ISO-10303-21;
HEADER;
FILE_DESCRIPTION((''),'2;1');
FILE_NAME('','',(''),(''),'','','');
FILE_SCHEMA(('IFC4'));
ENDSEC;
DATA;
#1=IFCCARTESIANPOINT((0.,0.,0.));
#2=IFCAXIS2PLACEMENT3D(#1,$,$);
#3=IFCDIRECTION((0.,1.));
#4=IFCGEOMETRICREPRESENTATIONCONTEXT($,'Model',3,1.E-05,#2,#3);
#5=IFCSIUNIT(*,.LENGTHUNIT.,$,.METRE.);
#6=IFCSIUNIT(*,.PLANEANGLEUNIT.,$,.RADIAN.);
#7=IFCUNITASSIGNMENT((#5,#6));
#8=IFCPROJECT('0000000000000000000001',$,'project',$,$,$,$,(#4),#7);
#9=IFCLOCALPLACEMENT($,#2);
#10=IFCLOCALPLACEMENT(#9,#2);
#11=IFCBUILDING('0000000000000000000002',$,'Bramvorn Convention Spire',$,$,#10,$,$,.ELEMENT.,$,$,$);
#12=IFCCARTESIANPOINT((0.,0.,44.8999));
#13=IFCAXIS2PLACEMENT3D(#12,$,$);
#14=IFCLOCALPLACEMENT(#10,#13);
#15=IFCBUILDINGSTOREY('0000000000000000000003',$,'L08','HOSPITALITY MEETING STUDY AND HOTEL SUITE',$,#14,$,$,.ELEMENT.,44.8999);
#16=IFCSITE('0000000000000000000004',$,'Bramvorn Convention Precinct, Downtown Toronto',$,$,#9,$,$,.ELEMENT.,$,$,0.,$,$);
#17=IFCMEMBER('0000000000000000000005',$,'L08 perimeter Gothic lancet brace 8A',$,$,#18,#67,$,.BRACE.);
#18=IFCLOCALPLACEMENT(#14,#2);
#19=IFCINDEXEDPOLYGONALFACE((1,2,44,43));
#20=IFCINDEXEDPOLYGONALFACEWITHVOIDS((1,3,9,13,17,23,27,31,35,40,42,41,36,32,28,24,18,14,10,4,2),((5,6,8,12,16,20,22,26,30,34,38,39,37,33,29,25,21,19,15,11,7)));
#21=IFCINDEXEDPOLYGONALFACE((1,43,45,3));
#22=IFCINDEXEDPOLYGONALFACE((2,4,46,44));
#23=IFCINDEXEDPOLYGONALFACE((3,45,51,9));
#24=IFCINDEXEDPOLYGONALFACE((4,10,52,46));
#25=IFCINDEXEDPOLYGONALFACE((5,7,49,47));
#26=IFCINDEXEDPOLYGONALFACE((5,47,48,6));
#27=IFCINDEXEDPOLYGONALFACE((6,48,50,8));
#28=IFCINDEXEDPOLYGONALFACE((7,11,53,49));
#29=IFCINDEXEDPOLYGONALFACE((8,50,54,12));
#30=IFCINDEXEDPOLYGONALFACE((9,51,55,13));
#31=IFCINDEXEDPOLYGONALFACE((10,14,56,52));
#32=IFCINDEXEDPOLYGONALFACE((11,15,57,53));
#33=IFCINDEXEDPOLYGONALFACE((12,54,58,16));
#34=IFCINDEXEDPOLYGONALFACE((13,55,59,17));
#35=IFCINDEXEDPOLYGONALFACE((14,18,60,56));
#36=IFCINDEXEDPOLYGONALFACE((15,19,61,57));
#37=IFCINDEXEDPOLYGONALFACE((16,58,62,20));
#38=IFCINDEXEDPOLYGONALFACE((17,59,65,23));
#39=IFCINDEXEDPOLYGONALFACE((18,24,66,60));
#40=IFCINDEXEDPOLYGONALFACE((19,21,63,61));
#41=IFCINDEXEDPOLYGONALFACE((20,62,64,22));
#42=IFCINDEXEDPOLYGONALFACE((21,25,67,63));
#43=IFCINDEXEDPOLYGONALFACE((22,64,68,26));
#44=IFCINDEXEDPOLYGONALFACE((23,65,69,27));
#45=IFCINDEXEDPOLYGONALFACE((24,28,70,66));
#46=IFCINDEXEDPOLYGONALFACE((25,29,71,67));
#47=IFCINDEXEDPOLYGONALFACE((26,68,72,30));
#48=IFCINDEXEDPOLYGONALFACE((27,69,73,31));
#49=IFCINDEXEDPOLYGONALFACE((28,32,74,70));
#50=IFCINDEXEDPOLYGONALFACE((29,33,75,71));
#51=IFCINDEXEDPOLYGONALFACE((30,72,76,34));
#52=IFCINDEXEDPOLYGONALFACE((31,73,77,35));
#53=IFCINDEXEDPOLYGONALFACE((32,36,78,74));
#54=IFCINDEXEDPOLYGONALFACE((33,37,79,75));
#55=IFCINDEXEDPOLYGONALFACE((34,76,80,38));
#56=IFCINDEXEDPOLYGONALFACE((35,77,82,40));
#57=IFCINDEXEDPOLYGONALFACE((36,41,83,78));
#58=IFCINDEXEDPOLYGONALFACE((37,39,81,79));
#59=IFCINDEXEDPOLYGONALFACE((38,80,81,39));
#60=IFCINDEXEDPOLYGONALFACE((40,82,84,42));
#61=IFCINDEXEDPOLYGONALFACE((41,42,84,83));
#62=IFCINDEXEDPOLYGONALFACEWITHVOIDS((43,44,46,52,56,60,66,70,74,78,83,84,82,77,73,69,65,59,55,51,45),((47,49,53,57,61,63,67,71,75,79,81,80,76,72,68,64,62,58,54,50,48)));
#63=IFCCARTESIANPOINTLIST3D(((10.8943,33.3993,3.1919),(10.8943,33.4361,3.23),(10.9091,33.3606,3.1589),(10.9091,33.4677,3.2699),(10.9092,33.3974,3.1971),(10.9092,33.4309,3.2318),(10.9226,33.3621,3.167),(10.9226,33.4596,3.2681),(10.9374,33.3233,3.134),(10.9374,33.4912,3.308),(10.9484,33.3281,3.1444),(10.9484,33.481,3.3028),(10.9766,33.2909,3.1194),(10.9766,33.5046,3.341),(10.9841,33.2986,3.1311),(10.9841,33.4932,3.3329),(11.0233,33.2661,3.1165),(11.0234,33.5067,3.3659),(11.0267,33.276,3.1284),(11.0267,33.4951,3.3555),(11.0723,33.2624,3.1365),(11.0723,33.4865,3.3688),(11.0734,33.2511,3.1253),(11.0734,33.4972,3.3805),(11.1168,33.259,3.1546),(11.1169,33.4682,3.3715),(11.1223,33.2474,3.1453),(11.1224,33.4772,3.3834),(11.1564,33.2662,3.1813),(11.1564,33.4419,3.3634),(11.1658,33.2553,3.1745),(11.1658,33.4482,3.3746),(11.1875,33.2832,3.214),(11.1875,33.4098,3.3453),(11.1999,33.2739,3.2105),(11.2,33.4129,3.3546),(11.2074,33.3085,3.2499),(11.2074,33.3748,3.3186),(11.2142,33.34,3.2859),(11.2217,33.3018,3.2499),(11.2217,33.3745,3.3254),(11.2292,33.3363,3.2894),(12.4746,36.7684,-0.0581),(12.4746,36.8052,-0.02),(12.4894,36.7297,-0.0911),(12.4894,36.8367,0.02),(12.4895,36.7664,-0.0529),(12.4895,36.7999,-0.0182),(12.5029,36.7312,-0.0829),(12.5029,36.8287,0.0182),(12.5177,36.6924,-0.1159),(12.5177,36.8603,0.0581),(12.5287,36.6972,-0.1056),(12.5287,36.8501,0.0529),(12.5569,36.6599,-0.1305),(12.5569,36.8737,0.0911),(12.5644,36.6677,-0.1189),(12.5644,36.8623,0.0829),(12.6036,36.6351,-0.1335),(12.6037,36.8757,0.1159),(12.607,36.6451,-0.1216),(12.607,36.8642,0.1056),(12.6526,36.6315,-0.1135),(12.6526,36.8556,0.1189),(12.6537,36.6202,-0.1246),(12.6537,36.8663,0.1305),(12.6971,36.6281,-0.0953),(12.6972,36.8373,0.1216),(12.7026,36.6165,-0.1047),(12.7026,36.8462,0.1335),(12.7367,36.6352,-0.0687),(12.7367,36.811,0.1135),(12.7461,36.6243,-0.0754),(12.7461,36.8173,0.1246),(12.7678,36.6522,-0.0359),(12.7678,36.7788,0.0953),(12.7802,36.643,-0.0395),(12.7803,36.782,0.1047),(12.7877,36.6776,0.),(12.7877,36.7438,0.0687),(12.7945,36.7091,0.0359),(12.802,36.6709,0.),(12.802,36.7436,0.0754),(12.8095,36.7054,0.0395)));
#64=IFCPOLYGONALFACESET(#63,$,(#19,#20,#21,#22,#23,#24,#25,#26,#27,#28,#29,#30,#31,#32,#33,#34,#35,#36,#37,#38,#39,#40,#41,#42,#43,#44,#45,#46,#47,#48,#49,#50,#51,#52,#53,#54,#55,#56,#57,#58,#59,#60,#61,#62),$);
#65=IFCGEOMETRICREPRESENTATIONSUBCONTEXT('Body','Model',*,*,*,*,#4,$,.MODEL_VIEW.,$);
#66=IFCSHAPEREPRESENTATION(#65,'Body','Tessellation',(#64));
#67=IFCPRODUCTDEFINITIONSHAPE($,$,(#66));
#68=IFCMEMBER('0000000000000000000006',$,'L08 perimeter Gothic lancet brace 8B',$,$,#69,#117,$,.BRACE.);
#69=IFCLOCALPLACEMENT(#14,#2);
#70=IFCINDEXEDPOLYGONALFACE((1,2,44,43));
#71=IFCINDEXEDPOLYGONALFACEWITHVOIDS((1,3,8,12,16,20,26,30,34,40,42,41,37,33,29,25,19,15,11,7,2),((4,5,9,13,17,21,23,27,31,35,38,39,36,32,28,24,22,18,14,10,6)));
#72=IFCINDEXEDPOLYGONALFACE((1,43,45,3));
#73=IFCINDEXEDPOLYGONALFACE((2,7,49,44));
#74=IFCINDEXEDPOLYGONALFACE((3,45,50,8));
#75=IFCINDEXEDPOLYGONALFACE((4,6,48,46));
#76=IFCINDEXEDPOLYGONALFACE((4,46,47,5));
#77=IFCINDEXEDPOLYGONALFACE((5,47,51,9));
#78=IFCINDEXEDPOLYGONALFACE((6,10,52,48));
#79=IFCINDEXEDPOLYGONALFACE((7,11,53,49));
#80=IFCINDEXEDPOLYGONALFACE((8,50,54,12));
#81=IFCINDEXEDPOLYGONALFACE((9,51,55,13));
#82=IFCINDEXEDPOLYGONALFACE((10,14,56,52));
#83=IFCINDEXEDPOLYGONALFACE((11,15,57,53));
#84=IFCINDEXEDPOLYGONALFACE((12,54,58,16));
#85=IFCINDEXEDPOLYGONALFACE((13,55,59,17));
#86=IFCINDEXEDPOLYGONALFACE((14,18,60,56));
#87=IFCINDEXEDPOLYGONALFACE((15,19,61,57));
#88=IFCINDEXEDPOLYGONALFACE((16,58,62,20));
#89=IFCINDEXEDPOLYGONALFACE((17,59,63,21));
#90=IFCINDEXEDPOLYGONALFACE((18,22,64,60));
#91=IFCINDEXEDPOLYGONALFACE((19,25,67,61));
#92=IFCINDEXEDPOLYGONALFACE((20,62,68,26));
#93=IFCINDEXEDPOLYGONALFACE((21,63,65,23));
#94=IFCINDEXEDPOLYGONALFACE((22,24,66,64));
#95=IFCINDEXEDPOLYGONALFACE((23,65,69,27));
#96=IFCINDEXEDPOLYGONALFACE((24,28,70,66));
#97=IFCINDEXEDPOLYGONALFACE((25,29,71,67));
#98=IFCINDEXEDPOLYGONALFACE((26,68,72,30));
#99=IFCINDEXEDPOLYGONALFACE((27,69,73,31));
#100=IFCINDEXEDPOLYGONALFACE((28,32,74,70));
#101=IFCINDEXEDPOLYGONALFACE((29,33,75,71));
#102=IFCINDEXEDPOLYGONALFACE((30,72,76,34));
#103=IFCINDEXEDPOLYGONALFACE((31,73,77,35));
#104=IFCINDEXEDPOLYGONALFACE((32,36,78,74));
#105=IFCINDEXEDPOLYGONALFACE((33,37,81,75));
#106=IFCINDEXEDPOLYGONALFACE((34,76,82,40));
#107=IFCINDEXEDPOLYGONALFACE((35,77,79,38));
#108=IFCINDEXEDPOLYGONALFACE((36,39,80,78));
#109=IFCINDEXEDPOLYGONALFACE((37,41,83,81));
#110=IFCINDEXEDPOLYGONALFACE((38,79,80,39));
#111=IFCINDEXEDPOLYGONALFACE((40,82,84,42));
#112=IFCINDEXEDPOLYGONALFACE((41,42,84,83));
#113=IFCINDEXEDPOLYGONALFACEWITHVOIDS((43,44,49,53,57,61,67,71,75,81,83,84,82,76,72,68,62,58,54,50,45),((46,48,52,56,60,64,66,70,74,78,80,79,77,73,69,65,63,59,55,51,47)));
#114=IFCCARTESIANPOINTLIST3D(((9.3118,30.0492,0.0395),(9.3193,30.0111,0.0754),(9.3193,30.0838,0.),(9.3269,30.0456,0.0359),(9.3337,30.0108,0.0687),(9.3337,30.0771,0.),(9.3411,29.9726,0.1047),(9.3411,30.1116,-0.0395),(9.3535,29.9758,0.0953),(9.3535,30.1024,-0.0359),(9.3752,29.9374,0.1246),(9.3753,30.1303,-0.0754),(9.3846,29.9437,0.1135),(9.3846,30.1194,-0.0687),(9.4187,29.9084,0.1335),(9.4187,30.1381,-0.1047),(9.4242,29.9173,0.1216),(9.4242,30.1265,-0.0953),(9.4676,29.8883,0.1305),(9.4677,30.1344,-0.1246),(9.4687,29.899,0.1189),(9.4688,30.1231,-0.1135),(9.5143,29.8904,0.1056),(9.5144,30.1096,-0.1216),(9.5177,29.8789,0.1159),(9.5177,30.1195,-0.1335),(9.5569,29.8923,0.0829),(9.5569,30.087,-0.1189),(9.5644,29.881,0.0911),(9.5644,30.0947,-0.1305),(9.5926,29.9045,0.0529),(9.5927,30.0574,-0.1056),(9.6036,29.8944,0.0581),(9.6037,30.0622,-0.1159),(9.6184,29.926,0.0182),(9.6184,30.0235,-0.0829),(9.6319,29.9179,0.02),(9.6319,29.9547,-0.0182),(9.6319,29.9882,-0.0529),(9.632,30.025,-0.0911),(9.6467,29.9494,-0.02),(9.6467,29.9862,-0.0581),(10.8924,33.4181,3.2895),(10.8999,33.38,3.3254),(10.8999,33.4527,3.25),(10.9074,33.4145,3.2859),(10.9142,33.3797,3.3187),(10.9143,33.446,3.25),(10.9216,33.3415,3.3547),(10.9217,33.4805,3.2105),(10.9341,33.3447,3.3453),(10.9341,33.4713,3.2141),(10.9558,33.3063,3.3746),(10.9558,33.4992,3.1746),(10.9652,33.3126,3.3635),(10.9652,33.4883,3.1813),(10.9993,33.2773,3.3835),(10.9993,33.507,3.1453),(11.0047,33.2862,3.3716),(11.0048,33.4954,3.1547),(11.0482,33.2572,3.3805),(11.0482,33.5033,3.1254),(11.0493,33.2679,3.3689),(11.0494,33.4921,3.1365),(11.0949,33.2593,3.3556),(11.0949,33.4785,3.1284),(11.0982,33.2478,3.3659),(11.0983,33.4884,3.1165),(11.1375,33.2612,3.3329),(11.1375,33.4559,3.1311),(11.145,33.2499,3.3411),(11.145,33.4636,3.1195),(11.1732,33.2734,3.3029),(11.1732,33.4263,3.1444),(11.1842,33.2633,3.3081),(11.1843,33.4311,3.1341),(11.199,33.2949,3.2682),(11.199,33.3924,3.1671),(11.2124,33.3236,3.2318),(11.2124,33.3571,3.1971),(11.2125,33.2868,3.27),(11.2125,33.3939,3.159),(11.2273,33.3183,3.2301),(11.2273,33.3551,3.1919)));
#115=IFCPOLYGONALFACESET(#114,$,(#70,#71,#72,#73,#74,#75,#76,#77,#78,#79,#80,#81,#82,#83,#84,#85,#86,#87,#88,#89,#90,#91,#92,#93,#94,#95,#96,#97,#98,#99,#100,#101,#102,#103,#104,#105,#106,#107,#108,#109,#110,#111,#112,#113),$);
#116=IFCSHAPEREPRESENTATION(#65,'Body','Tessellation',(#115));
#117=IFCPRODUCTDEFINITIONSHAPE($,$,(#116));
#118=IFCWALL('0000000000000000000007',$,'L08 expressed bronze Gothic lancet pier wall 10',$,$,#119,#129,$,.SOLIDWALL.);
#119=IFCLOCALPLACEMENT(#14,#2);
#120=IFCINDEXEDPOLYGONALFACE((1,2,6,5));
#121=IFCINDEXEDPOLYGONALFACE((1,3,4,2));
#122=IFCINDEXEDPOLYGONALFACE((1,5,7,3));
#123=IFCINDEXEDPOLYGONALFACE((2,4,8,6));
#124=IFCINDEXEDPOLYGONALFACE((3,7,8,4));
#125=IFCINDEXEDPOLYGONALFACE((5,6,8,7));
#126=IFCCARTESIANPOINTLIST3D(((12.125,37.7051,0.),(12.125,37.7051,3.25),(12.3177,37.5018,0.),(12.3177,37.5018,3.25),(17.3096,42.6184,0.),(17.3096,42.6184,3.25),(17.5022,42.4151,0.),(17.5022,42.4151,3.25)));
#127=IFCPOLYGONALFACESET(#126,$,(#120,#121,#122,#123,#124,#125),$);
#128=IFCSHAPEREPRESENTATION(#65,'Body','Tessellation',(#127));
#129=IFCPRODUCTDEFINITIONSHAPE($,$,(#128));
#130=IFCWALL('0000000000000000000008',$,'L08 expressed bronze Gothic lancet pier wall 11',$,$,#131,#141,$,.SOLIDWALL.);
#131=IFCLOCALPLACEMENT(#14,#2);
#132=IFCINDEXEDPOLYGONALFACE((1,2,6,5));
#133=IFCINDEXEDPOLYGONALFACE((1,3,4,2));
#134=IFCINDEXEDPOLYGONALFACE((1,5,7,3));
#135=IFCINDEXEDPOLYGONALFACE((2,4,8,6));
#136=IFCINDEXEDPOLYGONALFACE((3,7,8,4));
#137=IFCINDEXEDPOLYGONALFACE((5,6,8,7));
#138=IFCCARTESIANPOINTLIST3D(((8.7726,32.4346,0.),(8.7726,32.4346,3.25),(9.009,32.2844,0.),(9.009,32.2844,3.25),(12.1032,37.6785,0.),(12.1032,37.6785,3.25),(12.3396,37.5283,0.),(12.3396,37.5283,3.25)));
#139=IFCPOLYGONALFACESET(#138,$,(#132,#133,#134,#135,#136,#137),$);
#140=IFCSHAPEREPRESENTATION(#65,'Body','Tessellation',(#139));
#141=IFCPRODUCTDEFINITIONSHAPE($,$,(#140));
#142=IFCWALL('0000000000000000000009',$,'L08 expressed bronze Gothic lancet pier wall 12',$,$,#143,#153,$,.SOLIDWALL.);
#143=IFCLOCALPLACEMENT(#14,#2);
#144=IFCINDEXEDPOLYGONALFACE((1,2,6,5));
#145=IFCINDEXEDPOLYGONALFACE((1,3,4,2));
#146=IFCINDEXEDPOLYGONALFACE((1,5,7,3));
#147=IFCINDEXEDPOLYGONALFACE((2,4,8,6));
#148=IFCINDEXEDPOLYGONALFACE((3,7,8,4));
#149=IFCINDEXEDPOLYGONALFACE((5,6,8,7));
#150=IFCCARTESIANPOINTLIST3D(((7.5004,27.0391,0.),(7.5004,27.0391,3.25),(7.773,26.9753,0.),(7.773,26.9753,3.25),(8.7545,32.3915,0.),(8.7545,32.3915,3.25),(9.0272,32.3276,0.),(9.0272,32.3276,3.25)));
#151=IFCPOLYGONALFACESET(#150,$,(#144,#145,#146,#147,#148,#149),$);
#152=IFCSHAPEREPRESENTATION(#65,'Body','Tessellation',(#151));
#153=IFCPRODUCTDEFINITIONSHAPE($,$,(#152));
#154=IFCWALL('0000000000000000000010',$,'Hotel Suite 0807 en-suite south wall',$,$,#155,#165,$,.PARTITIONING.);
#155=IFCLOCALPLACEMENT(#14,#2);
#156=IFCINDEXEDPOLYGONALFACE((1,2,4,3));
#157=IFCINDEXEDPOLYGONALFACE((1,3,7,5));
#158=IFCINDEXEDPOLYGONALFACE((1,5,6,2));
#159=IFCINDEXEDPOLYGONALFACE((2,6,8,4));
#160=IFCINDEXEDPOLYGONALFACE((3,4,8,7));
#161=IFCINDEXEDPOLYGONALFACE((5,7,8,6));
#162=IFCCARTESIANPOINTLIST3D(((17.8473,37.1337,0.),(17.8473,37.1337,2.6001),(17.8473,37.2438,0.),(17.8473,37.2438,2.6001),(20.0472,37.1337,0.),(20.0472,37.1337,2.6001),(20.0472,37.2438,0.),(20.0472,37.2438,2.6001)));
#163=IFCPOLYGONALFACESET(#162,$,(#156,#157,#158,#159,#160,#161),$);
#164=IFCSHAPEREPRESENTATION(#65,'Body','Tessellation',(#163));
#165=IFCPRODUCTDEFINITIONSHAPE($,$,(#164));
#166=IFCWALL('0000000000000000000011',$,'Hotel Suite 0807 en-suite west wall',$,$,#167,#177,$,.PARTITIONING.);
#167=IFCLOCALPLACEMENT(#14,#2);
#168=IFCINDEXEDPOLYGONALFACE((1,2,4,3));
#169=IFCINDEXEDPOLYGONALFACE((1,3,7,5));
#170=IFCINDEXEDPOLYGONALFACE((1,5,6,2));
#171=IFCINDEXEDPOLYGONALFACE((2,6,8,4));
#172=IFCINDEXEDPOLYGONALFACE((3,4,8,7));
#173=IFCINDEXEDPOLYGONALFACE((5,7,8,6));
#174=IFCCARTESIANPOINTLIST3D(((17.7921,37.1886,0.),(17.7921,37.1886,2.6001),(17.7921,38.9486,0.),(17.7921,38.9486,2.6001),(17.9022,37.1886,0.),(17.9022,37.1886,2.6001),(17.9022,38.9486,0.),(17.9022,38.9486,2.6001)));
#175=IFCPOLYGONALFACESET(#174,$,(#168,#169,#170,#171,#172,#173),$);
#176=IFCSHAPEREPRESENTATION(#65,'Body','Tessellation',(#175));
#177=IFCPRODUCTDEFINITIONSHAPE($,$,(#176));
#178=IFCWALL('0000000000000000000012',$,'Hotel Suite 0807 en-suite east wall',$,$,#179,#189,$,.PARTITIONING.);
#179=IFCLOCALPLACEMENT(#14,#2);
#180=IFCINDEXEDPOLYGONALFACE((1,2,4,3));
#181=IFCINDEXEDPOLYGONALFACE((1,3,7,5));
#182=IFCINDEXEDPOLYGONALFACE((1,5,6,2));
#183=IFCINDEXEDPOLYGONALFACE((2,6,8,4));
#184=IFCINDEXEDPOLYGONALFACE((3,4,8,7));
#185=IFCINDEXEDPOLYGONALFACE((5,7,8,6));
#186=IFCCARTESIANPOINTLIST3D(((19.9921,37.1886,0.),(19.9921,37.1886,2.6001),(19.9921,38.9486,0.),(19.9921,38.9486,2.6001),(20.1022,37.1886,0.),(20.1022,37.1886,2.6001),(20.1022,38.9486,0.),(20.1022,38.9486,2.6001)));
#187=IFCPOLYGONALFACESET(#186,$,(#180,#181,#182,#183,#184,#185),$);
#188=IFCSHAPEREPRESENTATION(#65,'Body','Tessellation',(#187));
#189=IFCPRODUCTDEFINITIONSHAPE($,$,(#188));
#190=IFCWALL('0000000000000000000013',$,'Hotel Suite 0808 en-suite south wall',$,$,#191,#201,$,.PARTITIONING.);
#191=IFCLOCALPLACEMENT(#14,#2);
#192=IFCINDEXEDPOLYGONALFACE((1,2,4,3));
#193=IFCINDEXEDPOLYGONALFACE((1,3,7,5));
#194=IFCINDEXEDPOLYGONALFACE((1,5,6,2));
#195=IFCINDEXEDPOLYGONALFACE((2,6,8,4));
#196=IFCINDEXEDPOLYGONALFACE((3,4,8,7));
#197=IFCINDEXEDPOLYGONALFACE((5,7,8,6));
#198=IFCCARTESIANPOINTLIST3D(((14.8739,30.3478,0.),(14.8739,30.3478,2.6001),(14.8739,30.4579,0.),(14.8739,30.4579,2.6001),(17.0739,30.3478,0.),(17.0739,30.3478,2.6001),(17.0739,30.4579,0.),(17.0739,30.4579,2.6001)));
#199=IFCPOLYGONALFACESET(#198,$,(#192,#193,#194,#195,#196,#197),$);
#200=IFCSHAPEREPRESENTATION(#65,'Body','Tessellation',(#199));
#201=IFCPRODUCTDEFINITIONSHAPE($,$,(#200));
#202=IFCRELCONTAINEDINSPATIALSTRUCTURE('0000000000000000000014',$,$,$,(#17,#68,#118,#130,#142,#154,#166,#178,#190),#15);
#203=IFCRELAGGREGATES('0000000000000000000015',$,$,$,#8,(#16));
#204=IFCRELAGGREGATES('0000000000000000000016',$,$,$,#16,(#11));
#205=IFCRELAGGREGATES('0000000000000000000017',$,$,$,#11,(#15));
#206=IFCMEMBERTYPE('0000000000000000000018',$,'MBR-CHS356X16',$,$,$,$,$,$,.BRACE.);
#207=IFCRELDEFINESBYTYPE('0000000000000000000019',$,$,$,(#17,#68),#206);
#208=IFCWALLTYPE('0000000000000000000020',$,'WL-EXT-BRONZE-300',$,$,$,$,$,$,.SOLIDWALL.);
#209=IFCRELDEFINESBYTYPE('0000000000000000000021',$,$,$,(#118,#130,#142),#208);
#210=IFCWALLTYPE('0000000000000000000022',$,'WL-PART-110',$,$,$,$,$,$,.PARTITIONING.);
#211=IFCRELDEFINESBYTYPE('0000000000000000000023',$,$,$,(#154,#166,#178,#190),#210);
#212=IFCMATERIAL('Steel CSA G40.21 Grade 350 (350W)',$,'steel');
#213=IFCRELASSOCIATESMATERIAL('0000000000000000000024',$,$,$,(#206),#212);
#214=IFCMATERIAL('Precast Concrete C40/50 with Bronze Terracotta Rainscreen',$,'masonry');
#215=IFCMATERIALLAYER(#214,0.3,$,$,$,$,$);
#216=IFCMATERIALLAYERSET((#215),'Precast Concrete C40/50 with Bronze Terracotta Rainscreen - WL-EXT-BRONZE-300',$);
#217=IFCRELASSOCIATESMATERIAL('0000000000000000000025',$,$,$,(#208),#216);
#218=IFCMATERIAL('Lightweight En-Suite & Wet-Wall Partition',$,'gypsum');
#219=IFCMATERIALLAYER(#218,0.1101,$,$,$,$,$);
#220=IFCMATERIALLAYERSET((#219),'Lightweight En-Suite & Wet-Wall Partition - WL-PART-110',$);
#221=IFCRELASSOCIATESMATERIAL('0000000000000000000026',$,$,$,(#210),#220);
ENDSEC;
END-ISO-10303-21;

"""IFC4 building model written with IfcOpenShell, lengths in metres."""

from ifc_helpers import new_model, si_unit, direction, frame, frame_2d, origin, origin_2d, place, context, subcontext, project, spatial, rectangle, hollow_circle, extrude, material, layer, layer_set, material_profile, profile_set, type_object, element, save


model = new_model("IFC4")

# Units and contexts
model_context = context("Model", 3, precision=1e-05, world=origin(), true_north=direction((0.0, 1.0)))
body_context = subcontext(model_context, "Body", "Model", "MODEL_VIEW")
ifc_project = project(units=[si_unit("LENGTHUNIT", "METRE"), si_unit("PLANEANGLEUNIT", "RADIAN")], contexts=[model_context])

# Site, building, storey
site_placement = place(None, origin())
site = spatial("IfcSite", under=ifc_project, at=site_placement, Name="Bramvorn Convention Precinct, Downtown Toronto", CompositionType="ELEMENT", RefElevation=0.0)
building_placement = place(site_placement, origin())
building = spatial("IfcBuilding", under=site, at=building_placement, Name="Bramvorn Convention Spire", CompositionType="ELEMENT")
storey_placement = place(building_placement, frame((0.0, 0.0, 44.8999)))
storey = spatial("IfcBuildingStorey", under=building, at=storey_placement, Name="L08", Description="HOSPITALITY MEETING STUDY AND HOTEL SUITE", CompositionType="ELEMENT", Elevation=44.8999)

# Shared definitions
ifc_material_1 = material(Name="Steel CSA G40.21 Grade 350 (350W)", Category="steel")

# Members
ifc_material_profile_1 = material_profile(ifc_material_1, hollow_circle(Radius=0.1777, WallThickness=0.0159, at=origin_2d()))
ifc_profile_set_1 = profile_set([ifc_material_profile_1], Name="Steel CSA G40.21 Grade 350 (350W) - CHS356X16")
member_type = type_object("IfcMemberType", Name="MBR-CHS356X16", PredefinedType="BRACE", material=ifc_profile_set_1)
for number, where, z_axis, x_axis, name in (
    (1, (12.6411, 36.7463, 0.0), (-0.319855, -0.681909, 0.657795), (0.905352, -0.424662, 0.0), "L08 perimeter Gothic lancet brace 8A"),
    (2, (9.4802, 30.0083, 0.0), (0.31991, 0.681871, 0.657806), (-0.905315, 0.424741, 0.0), "L08 perimeter Gothic lancet brace 8B"),
):
    element("IfcMember", number, at=place(storey_placement, frame(where, z_axis=z_axis, x_axis=x_axis)), inside=storey, type_object=member_type, Name=name, PredefinedType="BRACE", context=body_context, shape_type="SweptSolid", body=[
        extrude(hollow_circle(Radius=0.1777, WallThickness=0.0159, at=origin_2d()), origin(), (0.0, 0.0, 1.0), 4.9407),
    ])

# Walls
ifc_material_2 = material(Name="Precast Concrete C40/50 with Bronze Terracotta Rainscreen", Category="masonry")
ifc_layer_1 = layer(ifc_material_2, 0.3)
ifc_layer_set_1 = layer_set([ifc_layer_1], Name="Precast Concrete C40/50 with Bronze Terracotta Rainscreen - WL-EXT-BRONZE-300")
wall_type_1 = type_object("IfcWallType", Name="WL-EXT-BRONZE-300", PredefinedType="SOLIDWALL", material=ifc_layer_set_1)
wall_1_placement = place(storey_placement, frame((12.2214, 37.6035, 0.0), z_axis=(0.0, 0.0, 1.0), x_axis=(0.725839, 0.687865, 0.0)))
element("IfcWall", 3, at=wall_1_placement, inside=storey, type_object=wall_type_1, Name="L08 expressed bronze Gothic lancet pier wall 10", PredefinedType="SOLIDWALL", context=body_context, shape_type="SweptSolid", body=[
    extrude(rectangle(XDim=7.1428, YDim=0.28, at=frame_2d((3.5713, 0.0))), origin(), (0.0, 0.0, 1.0), 3.25),
])
wall_2_placement = place(storey_placement, frame((8.8909, 32.3596, 0.0), z_axis=(0.0, 0.0, 1.0), x_axis=(0.536135, 0.844132, 0.0)))
element("IfcWall", 4, at=wall_2_placement, inside=storey, type_object=wall_type_1, Name="L08 expressed bronze Gothic lancet pier wall 11", PredefinedType="SOLIDWALL", context=body_context, shape_type="SweptSolid", body=[
    extrude(rectangle(XDim=6.2122, YDim=0.28, at=frame_2d((3.106, 0.0))), origin(), (0.0, 0.0, 1.0), 3.25),
])
wall_3_placement = place(storey_placement, frame((7.6367, 27.0073, 0.0), z_axis=(0.0, 0.0, 1.0), x_axis=(0.228141, 0.973628, 0.0)))
element("IfcWall", 5, at=wall_3_placement, inside=storey, type_object=wall_type_1, Name="L08 expressed bronze Gothic lancet pier wall 12", PredefinedType="SOLIDWALL", context=body_context, shape_type="SweptSolid", body=[
    extrude(rectangle(XDim=5.4973, YDim=0.28, at=frame_2d((2.7485, 0.0))), origin(), (0.0, 0.0, 1.0), 3.25),
])
ifc_material_3 = material(Name="Lightweight En-Suite & Wet-Wall Partition", Category="gypsum")
ifc_layer_2 = layer(ifc_material_3, 0.1101)
ifc_layer_set_2 = layer_set([ifc_layer_2], Name="Lightweight En-Suite & Wet-Wall Partition - WL-PART-110")
wall_type_2 = type_object("IfcWallType", Name="WL-PART-110", PredefinedType="PARTITIONING", material=ifc_layer_set_2)
wall_4_placement = place(storey_placement, frame((17.8472, 37.1887, 0.0), z_axis=(0.0, 0.0, 1.0), x_axis=(1.0, 0.0, 0.0)))
element("IfcWall", 6, at=wall_4_placement, inside=storey, type_object=wall_type_2, Name="Hotel Suite 0807 en-suite south wall", PredefinedType="PARTITIONING", context=body_context, shape_type="SweptSolid", body=[
    extrude(rectangle(XDim=2.2, YDim=0.1101, at=frame_2d((1.1001, 0.0))), origin(), (0.0, 0.0, 1.0), 2.6001),
])
for number, where, z_axis, x_axis, name in (
    (7, (17.8472, 37.1887, 0.0), (0.0, 0.0, 1.0), (0.0, 1.0, 0.0), "Hotel Suite 0807 en-suite west wall"),
    (8, (20.0471, 37.1887, 0.0), (0.0, 0.0, 1.0), (0.0, 1.0, 0.0), "Hotel Suite 0807 en-suite east wall"),
):
    element("IfcWall", number, at=place(storey_placement, frame(where, z_axis=z_axis, x_axis=x_axis)), inside=storey, type_object=wall_type_2, Name=name, PredefinedType="PARTITIONING", context=body_context, shape_type="SweptSolid", body=[
        extrude(rectangle(XDim=1.76, YDim=0.1101, at=frame_2d((0.8799, 0.0))), origin(), (0.0, 0.0, 1.0), 2.6001),
    ])
wall_5_placement = place(storey_placement, frame((14.8738, 30.4028, 0.0), z_axis=(0.0, 0.0, 1.0), x_axis=(1.0, 0.0, 0.0)))
element("IfcWall", 9, at=wall_5_placement, inside=storey, type_object=wall_type_2, Name="Hotel Suite 0808 en-suite south wall", PredefinedType="PARTITIONING", context=body_context, shape_type="SweptSolid", body=[
    extrude(rectangle(XDim=2.2, YDim=0.1101, at=frame_2d((1.1001, 0.0))), origin(), (0.0, 0.0, 1.0), 2.6001),
])

save(model, "model.ifc")
